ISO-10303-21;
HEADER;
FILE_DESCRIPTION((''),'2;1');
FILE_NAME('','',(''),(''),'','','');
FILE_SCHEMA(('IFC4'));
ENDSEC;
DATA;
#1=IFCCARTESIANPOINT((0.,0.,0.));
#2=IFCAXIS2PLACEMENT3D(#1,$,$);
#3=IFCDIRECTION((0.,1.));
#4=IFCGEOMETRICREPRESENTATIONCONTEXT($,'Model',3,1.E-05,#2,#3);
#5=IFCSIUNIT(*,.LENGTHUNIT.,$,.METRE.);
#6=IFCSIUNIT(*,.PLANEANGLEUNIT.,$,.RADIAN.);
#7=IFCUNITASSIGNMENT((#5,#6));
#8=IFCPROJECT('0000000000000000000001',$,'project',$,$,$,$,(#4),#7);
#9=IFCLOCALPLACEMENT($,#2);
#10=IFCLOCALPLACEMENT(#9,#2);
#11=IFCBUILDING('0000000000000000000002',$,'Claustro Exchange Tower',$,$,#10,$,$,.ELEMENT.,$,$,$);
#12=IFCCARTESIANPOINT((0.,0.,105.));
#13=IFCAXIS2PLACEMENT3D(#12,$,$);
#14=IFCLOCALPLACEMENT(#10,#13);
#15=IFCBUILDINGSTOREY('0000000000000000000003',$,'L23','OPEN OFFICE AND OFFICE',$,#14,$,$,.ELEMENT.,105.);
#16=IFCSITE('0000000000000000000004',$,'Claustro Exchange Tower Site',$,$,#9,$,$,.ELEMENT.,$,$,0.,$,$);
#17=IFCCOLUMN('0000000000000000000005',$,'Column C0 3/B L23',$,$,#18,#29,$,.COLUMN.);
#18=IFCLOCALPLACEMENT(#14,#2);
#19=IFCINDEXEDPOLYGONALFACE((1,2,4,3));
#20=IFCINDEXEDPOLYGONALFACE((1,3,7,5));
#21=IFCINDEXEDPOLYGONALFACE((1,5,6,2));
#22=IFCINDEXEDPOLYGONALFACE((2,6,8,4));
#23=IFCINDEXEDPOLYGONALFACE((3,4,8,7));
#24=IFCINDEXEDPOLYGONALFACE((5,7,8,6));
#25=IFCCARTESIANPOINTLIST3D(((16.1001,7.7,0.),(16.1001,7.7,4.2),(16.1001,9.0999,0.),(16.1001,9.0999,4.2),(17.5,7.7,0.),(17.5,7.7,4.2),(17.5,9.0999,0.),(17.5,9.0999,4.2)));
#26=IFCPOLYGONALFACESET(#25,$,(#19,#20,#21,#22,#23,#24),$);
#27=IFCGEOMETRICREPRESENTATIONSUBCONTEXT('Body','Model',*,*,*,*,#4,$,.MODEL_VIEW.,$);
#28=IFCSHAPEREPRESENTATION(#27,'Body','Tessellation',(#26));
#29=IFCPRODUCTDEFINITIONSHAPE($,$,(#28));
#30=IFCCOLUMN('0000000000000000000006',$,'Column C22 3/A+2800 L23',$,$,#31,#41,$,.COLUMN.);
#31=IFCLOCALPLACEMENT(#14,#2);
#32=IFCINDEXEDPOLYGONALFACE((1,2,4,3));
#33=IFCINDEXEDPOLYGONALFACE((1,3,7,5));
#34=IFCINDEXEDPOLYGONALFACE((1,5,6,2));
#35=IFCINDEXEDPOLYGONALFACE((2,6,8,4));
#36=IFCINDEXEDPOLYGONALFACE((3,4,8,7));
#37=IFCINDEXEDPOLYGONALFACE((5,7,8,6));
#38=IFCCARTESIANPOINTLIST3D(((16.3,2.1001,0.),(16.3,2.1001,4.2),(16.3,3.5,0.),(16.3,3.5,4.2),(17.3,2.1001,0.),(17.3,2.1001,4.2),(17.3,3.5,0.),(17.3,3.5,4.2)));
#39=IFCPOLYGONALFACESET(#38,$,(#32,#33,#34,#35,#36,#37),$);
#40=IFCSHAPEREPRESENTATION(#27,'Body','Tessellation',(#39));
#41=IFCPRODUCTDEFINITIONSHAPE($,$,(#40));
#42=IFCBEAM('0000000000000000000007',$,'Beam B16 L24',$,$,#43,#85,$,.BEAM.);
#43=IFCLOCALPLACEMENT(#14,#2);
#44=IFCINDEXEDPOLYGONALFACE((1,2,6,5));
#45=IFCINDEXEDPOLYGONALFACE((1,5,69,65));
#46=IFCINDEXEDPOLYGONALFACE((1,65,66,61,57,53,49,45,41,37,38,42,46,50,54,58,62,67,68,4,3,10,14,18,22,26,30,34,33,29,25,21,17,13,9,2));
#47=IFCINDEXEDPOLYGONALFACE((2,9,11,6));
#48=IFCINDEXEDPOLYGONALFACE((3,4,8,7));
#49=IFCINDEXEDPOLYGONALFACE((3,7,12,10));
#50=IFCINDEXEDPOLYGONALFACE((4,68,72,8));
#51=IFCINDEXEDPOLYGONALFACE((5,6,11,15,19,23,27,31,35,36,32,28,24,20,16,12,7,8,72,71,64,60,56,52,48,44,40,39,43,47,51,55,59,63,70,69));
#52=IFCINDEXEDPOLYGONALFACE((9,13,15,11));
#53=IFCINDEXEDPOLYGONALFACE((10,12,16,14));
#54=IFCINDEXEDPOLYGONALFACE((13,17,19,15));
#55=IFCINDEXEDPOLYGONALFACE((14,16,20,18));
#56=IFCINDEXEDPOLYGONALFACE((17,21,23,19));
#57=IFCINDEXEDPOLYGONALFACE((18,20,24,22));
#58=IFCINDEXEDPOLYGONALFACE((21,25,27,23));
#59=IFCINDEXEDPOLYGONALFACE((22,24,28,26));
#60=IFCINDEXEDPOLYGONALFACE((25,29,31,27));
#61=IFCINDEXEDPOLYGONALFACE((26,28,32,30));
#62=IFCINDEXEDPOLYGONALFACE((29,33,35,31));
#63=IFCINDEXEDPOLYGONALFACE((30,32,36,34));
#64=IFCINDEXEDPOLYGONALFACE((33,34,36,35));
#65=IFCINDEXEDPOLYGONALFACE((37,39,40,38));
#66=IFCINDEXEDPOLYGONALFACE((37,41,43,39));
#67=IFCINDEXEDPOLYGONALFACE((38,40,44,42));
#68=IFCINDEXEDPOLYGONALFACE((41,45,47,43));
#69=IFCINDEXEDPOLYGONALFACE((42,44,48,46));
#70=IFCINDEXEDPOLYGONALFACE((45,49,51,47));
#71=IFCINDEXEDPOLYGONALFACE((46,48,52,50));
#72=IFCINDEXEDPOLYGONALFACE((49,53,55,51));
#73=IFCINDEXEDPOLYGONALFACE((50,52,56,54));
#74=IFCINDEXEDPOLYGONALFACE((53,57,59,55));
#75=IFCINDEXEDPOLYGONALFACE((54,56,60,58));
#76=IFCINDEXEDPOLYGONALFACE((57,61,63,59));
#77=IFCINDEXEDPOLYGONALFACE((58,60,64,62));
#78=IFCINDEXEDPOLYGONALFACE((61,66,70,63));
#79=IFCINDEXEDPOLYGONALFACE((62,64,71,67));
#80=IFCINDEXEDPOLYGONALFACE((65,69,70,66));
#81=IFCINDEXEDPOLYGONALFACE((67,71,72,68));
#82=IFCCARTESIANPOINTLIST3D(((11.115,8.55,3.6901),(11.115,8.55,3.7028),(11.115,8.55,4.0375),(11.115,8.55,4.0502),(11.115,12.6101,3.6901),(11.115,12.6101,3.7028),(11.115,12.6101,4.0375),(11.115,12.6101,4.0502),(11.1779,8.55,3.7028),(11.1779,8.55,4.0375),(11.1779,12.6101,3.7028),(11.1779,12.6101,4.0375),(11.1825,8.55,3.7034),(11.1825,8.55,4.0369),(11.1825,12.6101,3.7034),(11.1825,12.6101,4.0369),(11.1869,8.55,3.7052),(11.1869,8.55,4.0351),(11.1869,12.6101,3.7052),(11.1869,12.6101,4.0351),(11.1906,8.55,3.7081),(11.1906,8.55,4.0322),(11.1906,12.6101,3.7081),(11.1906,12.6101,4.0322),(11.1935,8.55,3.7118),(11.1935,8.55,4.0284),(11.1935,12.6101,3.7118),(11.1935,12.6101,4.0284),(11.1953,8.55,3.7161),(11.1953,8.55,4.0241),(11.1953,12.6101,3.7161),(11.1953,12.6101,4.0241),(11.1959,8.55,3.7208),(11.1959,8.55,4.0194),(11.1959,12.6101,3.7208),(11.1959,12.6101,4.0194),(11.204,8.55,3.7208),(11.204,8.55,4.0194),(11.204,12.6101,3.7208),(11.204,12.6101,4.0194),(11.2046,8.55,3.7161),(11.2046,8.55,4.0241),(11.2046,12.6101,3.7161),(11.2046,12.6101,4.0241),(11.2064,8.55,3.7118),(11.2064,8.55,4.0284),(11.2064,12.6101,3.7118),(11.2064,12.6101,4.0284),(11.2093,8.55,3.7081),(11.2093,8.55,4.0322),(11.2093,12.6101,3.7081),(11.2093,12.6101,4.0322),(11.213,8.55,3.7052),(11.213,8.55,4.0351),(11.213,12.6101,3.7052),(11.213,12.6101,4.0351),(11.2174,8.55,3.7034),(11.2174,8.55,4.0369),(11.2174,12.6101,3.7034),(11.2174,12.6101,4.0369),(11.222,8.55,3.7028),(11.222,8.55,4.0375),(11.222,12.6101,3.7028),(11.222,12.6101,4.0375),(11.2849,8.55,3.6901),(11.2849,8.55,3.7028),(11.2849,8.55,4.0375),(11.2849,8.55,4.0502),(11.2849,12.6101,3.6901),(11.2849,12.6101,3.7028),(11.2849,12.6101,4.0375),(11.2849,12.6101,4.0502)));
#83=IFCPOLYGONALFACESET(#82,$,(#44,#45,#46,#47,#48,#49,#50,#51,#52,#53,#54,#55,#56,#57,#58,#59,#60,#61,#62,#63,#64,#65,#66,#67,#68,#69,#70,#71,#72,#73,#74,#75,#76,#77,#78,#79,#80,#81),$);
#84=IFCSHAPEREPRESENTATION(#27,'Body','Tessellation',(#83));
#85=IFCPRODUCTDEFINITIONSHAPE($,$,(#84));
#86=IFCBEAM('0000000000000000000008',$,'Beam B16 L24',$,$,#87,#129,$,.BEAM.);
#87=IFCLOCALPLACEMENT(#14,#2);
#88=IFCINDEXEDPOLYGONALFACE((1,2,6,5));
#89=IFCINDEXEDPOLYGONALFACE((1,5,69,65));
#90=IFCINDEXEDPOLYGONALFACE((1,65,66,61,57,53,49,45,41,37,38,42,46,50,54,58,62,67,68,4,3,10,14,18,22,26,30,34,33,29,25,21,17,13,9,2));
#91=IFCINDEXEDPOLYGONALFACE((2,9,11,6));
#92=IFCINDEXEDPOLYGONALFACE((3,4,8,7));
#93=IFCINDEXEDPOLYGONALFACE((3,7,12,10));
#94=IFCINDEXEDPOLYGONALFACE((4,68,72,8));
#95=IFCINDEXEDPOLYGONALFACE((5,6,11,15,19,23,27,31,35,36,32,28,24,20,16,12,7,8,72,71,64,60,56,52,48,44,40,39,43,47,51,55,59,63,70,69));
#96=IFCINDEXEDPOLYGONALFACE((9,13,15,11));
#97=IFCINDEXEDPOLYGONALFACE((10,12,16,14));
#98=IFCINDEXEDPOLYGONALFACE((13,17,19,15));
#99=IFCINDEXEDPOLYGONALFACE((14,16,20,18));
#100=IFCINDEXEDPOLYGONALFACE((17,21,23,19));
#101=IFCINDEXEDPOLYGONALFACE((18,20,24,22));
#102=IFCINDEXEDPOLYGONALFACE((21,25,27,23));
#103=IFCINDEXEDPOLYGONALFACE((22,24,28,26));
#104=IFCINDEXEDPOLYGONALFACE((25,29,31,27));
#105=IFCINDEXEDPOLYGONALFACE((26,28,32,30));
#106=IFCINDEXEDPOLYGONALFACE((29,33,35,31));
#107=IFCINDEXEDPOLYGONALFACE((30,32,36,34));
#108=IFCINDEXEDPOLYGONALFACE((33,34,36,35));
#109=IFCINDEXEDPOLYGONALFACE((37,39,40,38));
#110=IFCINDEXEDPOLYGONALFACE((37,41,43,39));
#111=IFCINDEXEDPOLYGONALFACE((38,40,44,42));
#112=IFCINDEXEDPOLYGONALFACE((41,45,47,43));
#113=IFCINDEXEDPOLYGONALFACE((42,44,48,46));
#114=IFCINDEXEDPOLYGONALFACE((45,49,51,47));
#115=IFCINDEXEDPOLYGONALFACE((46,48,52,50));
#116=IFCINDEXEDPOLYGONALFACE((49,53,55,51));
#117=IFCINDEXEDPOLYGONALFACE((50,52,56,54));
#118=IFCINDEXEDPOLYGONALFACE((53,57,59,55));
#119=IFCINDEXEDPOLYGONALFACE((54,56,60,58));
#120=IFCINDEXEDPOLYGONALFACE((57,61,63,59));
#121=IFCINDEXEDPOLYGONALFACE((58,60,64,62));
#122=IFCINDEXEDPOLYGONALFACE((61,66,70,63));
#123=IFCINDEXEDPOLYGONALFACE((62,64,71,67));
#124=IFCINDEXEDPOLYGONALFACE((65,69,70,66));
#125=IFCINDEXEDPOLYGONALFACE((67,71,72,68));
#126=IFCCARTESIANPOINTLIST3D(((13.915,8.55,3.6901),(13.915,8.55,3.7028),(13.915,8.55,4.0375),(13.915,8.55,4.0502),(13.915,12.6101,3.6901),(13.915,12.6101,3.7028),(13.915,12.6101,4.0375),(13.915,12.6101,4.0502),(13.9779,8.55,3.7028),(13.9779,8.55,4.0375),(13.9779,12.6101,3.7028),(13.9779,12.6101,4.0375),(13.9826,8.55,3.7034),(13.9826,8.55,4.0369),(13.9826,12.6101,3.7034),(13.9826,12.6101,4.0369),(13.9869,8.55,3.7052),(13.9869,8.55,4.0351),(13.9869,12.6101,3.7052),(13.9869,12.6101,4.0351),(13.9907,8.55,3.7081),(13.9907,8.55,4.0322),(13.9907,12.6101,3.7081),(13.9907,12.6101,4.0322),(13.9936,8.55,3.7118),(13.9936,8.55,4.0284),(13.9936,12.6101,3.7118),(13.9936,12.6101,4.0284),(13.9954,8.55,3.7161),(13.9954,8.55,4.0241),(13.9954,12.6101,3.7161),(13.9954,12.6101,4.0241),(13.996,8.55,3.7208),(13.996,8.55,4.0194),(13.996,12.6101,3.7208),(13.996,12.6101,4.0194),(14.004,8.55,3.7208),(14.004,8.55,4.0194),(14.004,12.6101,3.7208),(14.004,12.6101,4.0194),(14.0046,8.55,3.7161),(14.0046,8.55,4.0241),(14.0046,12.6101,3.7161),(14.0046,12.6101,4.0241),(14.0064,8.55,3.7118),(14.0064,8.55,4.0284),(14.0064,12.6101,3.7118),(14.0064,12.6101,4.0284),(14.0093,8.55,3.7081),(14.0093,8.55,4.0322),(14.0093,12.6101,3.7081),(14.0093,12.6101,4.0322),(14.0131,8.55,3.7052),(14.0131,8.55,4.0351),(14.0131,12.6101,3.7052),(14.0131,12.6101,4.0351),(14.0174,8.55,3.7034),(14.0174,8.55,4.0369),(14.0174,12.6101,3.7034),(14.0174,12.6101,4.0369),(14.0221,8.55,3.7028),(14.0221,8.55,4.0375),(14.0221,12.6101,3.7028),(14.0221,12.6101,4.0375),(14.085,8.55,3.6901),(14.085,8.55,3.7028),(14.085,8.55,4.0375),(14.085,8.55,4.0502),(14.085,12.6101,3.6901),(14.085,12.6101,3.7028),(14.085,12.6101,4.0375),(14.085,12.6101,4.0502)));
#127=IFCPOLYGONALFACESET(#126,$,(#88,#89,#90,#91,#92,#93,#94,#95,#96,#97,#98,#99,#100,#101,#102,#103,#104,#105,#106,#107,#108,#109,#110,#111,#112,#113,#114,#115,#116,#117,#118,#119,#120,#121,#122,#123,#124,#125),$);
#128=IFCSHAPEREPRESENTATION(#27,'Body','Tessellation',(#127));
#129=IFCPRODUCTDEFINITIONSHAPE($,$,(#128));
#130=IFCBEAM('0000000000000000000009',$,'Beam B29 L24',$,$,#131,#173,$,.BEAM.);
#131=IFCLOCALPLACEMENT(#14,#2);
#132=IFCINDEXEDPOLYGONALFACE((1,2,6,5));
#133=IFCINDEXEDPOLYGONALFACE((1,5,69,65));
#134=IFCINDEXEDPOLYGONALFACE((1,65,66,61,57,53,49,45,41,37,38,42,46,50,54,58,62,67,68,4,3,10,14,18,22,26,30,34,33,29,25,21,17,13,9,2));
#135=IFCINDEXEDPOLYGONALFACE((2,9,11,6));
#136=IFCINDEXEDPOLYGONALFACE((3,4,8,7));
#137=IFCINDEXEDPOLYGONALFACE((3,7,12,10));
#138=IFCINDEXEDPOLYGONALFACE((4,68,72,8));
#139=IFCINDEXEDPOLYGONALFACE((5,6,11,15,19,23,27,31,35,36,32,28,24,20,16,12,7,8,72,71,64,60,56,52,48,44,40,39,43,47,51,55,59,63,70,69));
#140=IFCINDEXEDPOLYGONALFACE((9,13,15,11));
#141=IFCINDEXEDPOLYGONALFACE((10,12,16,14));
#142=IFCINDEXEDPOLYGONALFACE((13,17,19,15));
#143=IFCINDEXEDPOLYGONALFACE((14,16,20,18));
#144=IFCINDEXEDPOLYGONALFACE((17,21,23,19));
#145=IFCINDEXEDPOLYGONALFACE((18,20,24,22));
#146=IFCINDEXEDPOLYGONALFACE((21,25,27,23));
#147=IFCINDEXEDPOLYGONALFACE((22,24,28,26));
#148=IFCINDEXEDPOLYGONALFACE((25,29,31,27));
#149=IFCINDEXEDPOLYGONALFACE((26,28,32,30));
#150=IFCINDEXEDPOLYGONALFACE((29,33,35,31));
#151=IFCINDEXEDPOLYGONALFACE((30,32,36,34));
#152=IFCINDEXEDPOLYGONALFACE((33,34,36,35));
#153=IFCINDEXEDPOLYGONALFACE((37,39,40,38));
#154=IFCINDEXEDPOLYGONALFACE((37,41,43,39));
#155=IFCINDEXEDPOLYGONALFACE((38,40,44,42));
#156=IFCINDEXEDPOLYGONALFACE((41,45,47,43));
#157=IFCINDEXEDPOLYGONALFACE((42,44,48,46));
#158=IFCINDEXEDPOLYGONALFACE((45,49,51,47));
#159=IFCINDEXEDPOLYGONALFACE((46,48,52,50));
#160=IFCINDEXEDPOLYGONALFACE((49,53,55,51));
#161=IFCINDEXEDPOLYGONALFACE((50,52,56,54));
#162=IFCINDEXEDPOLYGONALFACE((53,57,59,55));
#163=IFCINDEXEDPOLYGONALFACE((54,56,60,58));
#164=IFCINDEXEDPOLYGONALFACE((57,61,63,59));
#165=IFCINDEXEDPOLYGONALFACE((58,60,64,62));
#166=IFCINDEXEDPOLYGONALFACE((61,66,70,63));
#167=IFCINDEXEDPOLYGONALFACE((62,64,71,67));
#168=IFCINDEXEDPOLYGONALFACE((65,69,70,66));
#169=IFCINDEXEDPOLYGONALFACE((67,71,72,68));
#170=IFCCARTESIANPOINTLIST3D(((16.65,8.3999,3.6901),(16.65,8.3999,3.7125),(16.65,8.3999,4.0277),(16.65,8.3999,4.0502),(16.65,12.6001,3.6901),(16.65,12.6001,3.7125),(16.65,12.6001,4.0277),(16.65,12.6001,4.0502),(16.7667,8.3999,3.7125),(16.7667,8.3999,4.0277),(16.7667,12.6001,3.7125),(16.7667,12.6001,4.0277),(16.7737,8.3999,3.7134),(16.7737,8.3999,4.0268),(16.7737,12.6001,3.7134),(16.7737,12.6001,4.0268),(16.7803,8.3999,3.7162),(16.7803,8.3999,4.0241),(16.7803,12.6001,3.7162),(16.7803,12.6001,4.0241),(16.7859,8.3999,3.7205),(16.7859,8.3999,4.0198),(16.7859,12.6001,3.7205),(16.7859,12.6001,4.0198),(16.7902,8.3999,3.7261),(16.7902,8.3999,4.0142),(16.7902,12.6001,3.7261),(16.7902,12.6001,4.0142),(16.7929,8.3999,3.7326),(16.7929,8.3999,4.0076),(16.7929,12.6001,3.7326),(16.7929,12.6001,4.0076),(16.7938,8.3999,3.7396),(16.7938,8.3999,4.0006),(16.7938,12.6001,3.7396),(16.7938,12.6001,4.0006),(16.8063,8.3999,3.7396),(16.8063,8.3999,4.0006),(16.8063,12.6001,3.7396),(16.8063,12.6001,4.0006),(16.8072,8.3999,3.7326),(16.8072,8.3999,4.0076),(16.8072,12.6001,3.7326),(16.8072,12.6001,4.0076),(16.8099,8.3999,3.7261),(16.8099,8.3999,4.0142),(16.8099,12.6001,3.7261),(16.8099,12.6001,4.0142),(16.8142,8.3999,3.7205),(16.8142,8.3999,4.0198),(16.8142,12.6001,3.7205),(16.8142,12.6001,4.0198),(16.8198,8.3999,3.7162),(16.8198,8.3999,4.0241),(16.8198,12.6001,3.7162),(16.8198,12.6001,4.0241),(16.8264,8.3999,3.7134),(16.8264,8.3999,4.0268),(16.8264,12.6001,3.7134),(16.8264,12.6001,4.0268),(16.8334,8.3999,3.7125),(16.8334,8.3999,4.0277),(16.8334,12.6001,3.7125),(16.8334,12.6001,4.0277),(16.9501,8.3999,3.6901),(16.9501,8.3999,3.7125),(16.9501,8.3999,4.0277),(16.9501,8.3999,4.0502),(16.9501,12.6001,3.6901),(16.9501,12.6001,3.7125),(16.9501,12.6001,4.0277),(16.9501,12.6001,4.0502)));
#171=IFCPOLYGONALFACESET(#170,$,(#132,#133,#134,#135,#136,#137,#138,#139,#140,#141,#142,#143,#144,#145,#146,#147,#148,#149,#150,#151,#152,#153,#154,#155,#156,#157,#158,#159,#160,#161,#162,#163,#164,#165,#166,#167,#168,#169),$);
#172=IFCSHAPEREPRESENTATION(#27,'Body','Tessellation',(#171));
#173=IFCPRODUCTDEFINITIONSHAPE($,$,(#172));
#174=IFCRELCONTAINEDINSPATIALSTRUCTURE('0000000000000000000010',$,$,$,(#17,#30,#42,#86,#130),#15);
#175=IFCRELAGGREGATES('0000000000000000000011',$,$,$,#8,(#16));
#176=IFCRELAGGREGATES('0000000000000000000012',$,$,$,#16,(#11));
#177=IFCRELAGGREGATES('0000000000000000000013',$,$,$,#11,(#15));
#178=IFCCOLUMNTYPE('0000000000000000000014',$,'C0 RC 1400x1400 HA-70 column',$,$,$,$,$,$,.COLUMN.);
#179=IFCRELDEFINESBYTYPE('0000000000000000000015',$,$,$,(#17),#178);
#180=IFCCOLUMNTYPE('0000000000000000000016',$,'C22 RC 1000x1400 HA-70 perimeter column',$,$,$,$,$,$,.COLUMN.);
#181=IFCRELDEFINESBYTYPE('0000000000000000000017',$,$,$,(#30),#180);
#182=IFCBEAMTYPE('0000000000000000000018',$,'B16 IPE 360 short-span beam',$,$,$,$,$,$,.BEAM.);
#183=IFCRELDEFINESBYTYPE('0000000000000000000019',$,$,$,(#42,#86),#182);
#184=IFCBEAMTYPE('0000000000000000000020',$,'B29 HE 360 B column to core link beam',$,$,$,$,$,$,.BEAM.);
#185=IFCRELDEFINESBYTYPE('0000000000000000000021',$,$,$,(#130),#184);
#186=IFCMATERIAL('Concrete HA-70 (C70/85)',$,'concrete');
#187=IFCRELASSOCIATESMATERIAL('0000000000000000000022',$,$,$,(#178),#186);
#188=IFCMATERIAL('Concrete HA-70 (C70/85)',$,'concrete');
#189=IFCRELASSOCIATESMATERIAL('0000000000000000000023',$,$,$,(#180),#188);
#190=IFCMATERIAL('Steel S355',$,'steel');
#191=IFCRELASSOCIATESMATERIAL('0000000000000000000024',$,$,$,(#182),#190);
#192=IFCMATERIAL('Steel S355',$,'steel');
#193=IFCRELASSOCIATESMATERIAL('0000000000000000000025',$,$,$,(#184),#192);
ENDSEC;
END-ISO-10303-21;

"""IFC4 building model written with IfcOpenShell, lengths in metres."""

from ifc_helpers import new_model, si_unit, direction, frame, origin, origin_2d, place, context, subcontext, project, spatial, rectangle, i_section, extrude, material, material_profile, profile_set, type_object, element, save


model = new_model("IFC4")

# Units and contexts
model_context = context("Model", 3, precision=1e-05, world=origin(), true_north=direction((0.0, 1.0)))
body_context = subcontext(model_context, "Body", "Model", "MODEL_VIEW")
ifc_project = project(units=[si_unit("LENGTHUNIT", "METRE"), si_unit("PLANEANGLEUNIT", "RADIAN")], contexts=[model_context])

# Site, building, storey
site_placement = place(None, origin())
site = spatial("IfcSite", under=ifc_project, at=site_placement, Name="Claustro Exchange Tower Site", CompositionType="ELEMENT", RefElevation=0.0)
building_placement = place(site_placement, origin())
building = spatial("IfcBuilding", under=site, at=building_placement, Name="Claustro Exchange Tower", CompositionType="ELEMENT")
storey_placement = place(building_placement, frame((0.0, 0.0, 105.0)))
storey = spatial("IfcBuildingStorey", under=building, at=storey_placement, Name="L23", Description="OPEN OFFICE AND OFFICE", CompositionType="ELEMENT", Elevation=105.0)

# Columns
ifc_material_1 = material(Name="Concrete HA-70 (C70/85)", Category="concrete")
ifc_material_profile_1 = material_profile(ifc_material_1, rectangle(XDim=1.3999, YDim=1.3999, at=origin_2d()), Name="RC 1400x1400")
ifc_profile_set_1 = profile_set([ifc_material_profile_1], Name="Concrete HA-70 (C70/85)")
column_type_1 = type_object("IfcColumnType", Name="C0 RC 1400x1400 HA-70 column", PredefinedType="COLUMN", material=ifc_profile_set_1)
column_1_placement = place(storey_placement, frame((16.8, 8.3999, 0.0), z_axis=(0.0, 0.0, 1.0), x_axis=(1.0, 0.0, 0.0)))
element("IfcColumn", 1, at=column_1_placement, inside=storey, type_object=column_type_1, Name="Column C0 3/B L23", PredefinedType="COLUMN", context=body_context, shape_type="SweptSolid", body=[
    extrude(rectangle(XDim=1.3999, YDim=1.3999, at=origin_2d()), origin(), (0.0, 0.0, 1.0), 4.2),
])
ifc_material_2 = material(Name="Concrete HA-70 (C70/85)", Category="concrete")
ifc_material_profile_2 = material_profile(ifc_material_2, rectangle(XDim=1.0, YDim=1.3999, at=origin_2d()), Name="RC 1000x1400")
ifc_profile_set_2 = profile_set([ifc_material_profile_2], Name="Concrete HA-70 (C70/85)")
column_type_2 = type_object("IfcColumnType", Name="C22 RC 1000x1400 HA-70 perimeter column", PredefinedType="COLUMN", material=ifc_profile_set_2)
column_2_placement = place(storey_placement, frame((16.8, 2.8, 0.0), z_axis=(0.0, 0.0, 1.0), x_axis=(1.0, 0.0, 0.0)))
element("IfcColumn", 2, at=column_2_placement, inside=storey, type_object=column_type_2, Name="Column C22 3/A+2800 L23", PredefinedType="COLUMN", context=body_context, shape_type="SweptSolid", body=[
    extrude(rectangle(XDim=1.0, YDim=1.3999, at=origin_2d()), origin(), (0.0, 0.0, 1.0), 4.2),
])

# Beams
ifc_material_3 = material(Name="Steel S355", Category="steel")
ifc_material_profile_3 = material_profile(ifc_material_3, i_section(OverallWidth=0.1699, OverallDepth=0.3601, WebThickness=0.0081, FlangeThickness=0.0127, FilletRadius=0.0181, at=origin_2d()), Name="IPE 360")
ifc_profile_set_3 = profile_set([ifc_material_profile_3], Name="Steel S355")
beam_type_1 = type_object("IfcBeamType", Name="B16 IPE 360 short-span beam", PredefinedType="BEAM", material=ifc_profile_set_3)
for number, where, z_axis, x_axis, name in (
    (3, (11.2, 8.55, 3.8701), (0.0, 1.0, 0.0), (-1.0, 0.0, 0.0), "Beam B16 L24"),
    (4, (14.0, 8.55, 3.8701), (0.0, 1.0, 0.0), (-1.0, 0.0, 0.0), "Beam B16 L24"),
):
    element("IfcBeam", number, at=place(storey_placement, frame(where, z_axis=z_axis, x_axis=x_axis)), inside=storey, type_object=beam_type_1, Name=name, PredefinedType="BEAM", context=body_context, shape_type="SweptSolid", body=[
        extrude(i_section(OverallWidth=0.1699, OverallDepth=0.3601, WebThickness=0.0081, FlangeThickness=0.0127, FilletRadius=0.0181, at=origin_2d()), origin(), (0.0, 0.0, 1.0), 4.0601),
    ])
ifc_material_4 = material(Name="Steel S355", Category="steel")
ifc_material_profile_4 = material_profile(ifc_material_4, i_section(OverallWidth=0.3, OverallDepth=0.3601, WebThickness=0.0125, FlangeThickness=0.0225, FilletRadius=0.0271, at=origin_2d()), Name="HE 360 B")
ifc_profile_set_4 = profile_set([ifc_material_profile_4], Name="Steel S355")
beam_type_2 = type_object("IfcBeamType", Name="B29 HE 360 B column to core link beam", PredefinedType="BEAM", material=ifc_profile_set_4)
beam_1_placement = place(storey_placement, frame((16.8, 8.3999, 3.8701), z_axis=(0.0, 1.0, 0.0), x_axis=(-1.0, 0.0, 0.0)))
element("IfcBeam", 5, at=beam_1_placement, inside=storey, type_object=beam_type_2, Name="Beam B29 L24", PredefinedType="BEAM", context=body_context, shape_type="SweptSolid", body=[
    extrude(i_section(OverallWidth=0.3, OverallDepth=0.3601, WebThickness=0.0125, FlangeThickness=0.0225, FilletRadius=0.0271, at=origin_2d()), origin(), (0.0, 0.0, 1.0), 4.2002),
])

save(model, "model.ifc")
